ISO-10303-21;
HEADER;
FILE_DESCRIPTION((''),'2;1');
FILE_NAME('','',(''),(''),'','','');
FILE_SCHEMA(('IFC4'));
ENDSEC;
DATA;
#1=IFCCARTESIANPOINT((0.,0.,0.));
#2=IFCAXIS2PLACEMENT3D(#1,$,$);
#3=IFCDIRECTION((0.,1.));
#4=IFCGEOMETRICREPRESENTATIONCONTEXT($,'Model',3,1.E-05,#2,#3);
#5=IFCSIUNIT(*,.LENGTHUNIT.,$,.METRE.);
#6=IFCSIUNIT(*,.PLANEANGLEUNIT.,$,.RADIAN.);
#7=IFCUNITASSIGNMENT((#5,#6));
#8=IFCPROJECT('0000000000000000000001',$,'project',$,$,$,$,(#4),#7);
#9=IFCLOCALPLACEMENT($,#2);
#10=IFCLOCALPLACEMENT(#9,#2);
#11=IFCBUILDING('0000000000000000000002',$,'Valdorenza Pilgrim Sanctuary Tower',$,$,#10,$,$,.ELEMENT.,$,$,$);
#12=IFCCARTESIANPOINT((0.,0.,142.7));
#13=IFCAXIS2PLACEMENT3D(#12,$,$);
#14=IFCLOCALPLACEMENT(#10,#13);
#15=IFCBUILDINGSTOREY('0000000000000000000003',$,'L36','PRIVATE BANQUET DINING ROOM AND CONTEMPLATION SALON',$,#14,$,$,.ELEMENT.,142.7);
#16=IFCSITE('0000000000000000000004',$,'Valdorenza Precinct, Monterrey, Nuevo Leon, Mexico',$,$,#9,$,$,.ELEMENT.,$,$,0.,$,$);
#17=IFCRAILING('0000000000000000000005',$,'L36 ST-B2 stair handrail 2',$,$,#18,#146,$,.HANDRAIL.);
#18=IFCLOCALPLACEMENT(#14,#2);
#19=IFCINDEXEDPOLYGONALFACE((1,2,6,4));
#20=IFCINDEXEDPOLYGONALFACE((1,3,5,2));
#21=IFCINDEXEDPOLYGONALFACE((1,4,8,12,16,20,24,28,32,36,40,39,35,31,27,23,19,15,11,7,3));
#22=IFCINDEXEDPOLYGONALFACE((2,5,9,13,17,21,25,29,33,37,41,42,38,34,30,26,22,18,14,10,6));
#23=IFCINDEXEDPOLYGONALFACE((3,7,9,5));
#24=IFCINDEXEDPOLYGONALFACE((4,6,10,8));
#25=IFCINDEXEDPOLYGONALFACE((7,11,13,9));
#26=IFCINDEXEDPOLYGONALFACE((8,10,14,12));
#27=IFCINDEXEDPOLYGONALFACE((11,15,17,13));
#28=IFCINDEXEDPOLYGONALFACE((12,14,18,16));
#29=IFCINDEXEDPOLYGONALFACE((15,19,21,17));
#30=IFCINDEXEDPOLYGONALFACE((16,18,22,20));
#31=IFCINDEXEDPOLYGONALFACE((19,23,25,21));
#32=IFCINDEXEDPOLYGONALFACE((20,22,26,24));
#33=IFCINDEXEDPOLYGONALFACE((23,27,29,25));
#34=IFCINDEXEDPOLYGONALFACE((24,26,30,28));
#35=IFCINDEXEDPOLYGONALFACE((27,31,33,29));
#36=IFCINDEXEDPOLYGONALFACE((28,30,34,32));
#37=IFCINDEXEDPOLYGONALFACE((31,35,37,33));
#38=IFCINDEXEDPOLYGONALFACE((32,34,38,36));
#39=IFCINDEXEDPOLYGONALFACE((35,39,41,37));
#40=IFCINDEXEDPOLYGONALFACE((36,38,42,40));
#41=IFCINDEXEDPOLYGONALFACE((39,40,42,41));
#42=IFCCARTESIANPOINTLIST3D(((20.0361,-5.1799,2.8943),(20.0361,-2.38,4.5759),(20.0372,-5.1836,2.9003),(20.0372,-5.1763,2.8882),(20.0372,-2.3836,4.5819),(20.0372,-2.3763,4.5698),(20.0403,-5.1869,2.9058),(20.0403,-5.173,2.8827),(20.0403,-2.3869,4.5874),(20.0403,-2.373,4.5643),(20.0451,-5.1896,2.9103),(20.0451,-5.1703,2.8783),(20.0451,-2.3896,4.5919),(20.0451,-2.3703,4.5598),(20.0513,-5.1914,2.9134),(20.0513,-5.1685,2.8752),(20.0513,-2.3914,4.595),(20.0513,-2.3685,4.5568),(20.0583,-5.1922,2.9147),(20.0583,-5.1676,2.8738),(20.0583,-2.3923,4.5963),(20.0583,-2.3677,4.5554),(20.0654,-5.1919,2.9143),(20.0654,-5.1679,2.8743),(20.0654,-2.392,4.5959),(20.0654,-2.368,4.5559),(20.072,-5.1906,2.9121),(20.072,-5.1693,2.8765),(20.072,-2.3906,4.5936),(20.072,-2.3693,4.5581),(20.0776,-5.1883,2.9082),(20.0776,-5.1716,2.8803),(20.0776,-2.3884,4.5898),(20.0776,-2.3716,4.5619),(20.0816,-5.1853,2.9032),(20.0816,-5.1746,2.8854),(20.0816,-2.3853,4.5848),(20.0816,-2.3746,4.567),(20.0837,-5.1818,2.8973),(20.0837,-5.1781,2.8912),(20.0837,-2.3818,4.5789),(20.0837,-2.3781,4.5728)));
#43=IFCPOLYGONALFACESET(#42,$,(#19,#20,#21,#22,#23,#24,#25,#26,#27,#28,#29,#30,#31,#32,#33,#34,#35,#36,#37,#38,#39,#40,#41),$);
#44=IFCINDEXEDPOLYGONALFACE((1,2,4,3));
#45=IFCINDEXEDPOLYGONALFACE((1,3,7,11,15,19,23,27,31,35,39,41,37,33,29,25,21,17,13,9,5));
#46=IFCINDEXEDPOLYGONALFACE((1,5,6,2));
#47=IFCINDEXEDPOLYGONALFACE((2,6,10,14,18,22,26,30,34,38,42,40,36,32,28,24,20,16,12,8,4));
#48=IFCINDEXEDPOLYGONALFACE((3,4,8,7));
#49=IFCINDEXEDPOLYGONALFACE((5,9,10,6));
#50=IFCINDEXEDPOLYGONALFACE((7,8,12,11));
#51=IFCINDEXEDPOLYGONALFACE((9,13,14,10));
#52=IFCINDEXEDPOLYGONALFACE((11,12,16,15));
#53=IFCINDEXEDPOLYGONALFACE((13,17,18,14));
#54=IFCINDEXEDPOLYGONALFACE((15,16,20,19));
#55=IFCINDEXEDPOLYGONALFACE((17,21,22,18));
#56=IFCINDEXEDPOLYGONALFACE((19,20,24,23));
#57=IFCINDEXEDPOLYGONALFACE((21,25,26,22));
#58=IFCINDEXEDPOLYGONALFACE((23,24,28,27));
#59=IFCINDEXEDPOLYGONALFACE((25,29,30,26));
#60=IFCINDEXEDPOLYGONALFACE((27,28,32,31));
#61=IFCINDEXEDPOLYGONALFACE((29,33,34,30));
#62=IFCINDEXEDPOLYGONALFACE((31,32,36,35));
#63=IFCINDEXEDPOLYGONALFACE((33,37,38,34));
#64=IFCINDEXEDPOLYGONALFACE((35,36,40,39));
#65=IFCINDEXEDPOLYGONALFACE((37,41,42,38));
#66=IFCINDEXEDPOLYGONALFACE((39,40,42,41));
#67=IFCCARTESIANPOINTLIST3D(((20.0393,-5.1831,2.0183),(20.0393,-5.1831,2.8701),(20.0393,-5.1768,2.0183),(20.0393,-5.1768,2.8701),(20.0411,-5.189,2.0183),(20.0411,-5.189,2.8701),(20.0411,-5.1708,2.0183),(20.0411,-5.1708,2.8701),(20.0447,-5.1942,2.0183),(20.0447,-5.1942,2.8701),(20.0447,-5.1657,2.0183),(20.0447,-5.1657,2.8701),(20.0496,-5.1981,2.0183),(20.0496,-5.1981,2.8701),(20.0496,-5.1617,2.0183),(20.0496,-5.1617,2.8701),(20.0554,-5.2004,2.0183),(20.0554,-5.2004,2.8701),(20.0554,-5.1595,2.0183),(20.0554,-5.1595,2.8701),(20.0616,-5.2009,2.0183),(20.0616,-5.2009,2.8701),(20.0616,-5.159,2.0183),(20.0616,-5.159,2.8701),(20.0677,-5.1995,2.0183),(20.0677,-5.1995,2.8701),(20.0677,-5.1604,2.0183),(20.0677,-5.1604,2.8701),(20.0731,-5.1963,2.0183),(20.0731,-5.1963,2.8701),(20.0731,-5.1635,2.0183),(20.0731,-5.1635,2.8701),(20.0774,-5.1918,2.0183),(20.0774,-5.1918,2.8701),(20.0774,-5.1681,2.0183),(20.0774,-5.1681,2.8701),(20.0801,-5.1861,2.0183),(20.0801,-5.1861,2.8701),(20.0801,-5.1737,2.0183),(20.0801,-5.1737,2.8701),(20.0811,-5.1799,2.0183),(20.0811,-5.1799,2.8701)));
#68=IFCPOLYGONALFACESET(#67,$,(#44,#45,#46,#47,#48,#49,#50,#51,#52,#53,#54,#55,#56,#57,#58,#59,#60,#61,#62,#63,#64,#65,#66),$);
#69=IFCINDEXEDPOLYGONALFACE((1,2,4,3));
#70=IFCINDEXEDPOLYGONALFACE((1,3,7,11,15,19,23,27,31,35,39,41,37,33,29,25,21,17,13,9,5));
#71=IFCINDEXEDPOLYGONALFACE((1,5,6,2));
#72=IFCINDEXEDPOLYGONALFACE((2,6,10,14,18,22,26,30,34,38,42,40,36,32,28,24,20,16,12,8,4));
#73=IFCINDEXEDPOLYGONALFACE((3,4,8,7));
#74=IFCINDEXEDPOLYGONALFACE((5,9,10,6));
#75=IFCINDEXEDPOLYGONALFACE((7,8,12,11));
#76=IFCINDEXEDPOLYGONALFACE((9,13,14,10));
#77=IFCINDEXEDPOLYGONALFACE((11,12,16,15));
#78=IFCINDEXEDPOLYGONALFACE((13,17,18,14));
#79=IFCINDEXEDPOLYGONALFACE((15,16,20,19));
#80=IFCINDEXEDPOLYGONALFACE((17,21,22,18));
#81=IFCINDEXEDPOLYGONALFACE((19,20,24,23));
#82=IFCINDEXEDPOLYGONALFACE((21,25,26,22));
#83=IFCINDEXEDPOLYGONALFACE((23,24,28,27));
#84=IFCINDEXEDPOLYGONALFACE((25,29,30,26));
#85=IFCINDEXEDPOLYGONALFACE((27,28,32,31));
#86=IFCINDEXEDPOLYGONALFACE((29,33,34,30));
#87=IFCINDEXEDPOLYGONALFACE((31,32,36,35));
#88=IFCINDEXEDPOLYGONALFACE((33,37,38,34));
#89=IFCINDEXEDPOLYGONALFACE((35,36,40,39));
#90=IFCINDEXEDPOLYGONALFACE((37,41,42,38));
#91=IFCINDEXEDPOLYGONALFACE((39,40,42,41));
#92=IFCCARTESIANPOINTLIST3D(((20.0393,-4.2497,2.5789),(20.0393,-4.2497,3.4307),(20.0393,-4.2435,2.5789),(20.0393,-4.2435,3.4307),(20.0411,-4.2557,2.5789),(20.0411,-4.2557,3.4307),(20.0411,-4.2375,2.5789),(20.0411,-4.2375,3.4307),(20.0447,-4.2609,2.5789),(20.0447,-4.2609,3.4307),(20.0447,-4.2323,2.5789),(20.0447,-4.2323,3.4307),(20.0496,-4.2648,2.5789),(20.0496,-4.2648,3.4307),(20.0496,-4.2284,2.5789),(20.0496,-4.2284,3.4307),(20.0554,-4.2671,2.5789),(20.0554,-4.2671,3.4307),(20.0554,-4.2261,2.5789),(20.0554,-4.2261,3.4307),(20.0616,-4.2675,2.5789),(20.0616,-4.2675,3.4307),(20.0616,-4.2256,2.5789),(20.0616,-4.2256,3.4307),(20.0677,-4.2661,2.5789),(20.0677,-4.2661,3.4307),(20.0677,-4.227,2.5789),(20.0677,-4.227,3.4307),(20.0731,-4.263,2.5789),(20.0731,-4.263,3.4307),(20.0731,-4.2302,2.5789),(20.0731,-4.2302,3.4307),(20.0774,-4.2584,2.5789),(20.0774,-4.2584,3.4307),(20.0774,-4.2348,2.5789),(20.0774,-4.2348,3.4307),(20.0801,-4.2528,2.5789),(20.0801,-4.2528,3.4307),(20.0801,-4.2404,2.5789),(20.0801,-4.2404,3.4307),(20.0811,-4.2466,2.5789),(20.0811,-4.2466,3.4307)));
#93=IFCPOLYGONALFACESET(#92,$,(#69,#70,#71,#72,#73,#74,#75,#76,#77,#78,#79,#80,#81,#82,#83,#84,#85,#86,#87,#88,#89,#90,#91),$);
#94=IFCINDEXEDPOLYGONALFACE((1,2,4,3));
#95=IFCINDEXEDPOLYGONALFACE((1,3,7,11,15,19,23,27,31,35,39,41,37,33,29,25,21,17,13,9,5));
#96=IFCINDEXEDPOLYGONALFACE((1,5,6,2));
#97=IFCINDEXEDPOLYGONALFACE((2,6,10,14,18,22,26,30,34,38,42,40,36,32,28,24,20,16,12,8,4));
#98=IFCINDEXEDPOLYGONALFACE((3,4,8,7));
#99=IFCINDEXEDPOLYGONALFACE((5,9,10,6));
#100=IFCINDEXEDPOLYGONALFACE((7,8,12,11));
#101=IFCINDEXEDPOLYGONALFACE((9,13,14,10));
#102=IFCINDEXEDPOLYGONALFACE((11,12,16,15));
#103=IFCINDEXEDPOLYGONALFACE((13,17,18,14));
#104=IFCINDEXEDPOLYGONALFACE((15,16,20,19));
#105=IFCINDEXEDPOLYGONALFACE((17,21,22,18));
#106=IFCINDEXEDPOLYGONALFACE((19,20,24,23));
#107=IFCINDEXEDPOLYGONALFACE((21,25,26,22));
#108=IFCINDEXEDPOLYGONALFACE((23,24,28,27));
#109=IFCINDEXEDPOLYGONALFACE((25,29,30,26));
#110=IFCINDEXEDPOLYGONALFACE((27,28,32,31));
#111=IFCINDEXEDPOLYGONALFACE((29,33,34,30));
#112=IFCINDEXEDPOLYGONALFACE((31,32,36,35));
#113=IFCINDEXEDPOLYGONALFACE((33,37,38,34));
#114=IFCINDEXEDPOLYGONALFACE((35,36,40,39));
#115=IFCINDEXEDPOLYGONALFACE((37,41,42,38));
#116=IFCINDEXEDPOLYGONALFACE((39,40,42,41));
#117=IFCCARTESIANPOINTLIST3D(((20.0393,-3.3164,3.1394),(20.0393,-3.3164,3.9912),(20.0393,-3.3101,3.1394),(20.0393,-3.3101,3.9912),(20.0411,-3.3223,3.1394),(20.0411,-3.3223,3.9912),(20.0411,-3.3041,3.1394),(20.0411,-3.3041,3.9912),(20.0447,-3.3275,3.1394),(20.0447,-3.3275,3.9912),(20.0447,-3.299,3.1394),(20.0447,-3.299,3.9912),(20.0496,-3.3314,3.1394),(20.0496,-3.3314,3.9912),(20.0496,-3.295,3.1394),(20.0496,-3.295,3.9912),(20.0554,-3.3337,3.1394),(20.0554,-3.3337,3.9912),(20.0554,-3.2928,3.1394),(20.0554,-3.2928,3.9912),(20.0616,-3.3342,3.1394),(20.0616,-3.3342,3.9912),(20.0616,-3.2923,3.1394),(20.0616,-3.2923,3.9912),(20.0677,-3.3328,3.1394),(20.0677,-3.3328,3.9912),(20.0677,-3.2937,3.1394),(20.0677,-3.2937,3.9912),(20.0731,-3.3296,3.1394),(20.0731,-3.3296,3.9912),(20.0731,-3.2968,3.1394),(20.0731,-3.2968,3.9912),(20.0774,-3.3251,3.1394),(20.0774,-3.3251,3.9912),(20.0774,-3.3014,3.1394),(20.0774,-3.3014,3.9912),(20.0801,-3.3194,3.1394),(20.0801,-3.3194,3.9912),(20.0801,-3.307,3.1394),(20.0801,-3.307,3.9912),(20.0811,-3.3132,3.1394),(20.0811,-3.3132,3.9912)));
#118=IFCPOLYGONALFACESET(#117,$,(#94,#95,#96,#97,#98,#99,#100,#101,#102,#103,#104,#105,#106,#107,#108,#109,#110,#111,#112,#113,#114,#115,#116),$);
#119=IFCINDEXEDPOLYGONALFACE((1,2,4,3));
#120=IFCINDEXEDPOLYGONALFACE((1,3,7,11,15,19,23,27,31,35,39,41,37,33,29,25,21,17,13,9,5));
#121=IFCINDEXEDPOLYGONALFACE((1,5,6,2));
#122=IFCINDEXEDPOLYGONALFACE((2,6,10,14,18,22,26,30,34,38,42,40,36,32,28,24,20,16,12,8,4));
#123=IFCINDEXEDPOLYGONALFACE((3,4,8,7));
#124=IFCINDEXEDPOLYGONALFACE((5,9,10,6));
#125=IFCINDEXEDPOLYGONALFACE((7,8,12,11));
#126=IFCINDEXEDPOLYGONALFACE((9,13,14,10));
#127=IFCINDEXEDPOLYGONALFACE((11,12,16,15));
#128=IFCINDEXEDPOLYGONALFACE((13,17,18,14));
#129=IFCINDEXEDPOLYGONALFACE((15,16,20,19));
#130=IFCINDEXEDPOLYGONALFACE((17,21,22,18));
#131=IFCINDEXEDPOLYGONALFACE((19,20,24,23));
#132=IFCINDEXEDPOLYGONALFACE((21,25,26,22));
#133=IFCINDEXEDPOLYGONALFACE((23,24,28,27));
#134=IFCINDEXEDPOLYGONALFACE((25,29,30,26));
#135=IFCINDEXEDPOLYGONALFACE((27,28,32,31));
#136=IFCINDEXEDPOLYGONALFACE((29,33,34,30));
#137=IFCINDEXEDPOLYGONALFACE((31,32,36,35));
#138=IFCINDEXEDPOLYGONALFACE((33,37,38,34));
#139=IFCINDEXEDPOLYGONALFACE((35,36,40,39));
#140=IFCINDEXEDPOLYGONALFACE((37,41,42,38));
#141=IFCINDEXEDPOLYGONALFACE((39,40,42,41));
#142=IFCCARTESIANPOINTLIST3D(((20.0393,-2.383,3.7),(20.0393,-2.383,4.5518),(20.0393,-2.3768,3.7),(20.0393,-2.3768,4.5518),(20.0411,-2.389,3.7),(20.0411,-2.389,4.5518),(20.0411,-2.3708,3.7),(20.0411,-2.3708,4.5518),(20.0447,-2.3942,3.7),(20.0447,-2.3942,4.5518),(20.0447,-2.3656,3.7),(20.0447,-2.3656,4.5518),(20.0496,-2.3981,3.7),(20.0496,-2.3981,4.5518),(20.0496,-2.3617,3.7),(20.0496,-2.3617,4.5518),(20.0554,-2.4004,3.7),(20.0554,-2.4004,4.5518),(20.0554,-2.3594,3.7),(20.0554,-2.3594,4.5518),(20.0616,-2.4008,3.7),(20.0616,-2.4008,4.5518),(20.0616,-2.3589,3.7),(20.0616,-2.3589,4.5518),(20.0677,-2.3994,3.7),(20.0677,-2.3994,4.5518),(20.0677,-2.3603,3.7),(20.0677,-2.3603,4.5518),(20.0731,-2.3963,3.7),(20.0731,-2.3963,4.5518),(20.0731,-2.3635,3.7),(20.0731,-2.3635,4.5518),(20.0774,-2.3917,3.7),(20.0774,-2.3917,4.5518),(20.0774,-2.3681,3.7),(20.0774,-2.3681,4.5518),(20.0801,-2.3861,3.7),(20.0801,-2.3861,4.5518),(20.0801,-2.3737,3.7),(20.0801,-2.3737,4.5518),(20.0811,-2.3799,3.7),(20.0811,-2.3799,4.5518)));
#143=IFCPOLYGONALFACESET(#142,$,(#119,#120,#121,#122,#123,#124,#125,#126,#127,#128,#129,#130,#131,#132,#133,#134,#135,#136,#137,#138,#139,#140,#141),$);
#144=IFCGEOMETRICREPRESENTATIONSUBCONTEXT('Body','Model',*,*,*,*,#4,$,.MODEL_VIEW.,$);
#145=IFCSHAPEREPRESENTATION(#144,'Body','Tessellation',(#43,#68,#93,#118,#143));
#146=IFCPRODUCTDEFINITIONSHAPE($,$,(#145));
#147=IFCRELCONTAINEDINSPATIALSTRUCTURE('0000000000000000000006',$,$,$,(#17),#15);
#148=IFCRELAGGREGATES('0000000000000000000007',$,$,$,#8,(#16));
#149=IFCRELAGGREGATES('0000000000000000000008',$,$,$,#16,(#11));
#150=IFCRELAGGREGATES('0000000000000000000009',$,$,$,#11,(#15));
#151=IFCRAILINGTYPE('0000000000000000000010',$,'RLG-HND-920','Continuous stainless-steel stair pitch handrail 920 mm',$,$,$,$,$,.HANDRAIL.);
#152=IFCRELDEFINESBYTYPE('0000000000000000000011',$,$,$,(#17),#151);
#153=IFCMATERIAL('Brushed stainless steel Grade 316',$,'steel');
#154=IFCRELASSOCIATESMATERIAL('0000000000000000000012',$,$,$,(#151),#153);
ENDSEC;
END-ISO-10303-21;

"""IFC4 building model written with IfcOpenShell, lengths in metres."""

from ifc_helpers import new_model, si_unit, direction, frame, origin, origin_2d, place, context, subcontext, project, spatial, circle, extrude, material, type_object, element, save


model = new_model("IFC4")

# Units and contexts
model_context = context("Model", 3, precision=1e-05, world=origin(), true_north=direction((0.0, 1.0)))
body_context = subcontext(model_context, "Body", "Model", "MODEL_VIEW")
ifc_project = project(units=[si_unit("LENGTHUNIT", "METRE"), si_unit("PLANEANGLEUNIT", "RADIAN")], contexts=[model_context])

# Site, building, storey
site_placement = place(None, origin())
site = spatial("IfcSite", under=ifc_project, at=site_placement, Name="Valdorenza Precinct, Monterrey, Nuevo Leon, Mexico", CompositionType="ELEMENT", RefElevation=0.0)
building_placement = place(site_placement, origin())
building = spatial("IfcBuilding", under=site, at=building_placement, Name="Valdorenza Pilgrim Sanctuary Tower", CompositionType="ELEMENT")
storey_placement = place(building_placement, frame((0.0, 0.0, 142.7)))
storey = spatial("IfcBuildingStorey", under=building, at=storey_placement, Name="L36", Description="PRIVATE BANQUET DINING ROOM AND CONTEMPLATION SALON", CompositionType="ELEMENT", Elevation=142.7)

# Railing
ifc_material_1 = material(Name="Brushed stainless steel Grade 316", Category="steel")
railing_type_1 = type_object("IfcRailingType", Name="RLG-HND-920", Description="Continuous stainless-steel stair pitch handrail 920 mm", PredefinedType="HANDRAIL", material=ifc_material_1)
railing_1_placement = place(storey_placement, frame((20.0601, -5.1799, 2.0183)))
element("IfcRailing", 1, at=railing_1_placement, inside=storey, type_object=railing_type_1, Name="L36 ST-B2 stair handrail 2", PredefinedType="HANDRAIL", context=body_context, shape_type="SweptSolid", body=[
    extrude(circle(Radius=0.0239, at=origin_2d()), frame((0.0, 0.0, 0.876), z_axis=(0.0, 0.857275, 0.514858), x_axis=(-1.0, 0.0, 0.0)), (0.0, 0.0, 1.0), 3.2661),
    extrude(circle(Radius=0.021, at=origin_2d()), origin(), (0.0, 0.0, 1.0), 0.8518),
    extrude(circle(Radius=0.021, at=origin_2d()), frame((0.0, 0.9333, 0.5605)), (0.0, 0.0, 1.0), 0.8518),
    extrude(circle(Radius=0.021, at=origin_2d()), frame((0.0, 1.8667, 1.1211)), (0.0, 0.0, 1.0), 0.8518),
    extrude(circle(Radius=0.021, at=origin_2d()), frame((0.0, 2.8, 1.6816)), (0.0, 0.0, 1.0), 0.8518),
])

save(model, "model.ifc")
